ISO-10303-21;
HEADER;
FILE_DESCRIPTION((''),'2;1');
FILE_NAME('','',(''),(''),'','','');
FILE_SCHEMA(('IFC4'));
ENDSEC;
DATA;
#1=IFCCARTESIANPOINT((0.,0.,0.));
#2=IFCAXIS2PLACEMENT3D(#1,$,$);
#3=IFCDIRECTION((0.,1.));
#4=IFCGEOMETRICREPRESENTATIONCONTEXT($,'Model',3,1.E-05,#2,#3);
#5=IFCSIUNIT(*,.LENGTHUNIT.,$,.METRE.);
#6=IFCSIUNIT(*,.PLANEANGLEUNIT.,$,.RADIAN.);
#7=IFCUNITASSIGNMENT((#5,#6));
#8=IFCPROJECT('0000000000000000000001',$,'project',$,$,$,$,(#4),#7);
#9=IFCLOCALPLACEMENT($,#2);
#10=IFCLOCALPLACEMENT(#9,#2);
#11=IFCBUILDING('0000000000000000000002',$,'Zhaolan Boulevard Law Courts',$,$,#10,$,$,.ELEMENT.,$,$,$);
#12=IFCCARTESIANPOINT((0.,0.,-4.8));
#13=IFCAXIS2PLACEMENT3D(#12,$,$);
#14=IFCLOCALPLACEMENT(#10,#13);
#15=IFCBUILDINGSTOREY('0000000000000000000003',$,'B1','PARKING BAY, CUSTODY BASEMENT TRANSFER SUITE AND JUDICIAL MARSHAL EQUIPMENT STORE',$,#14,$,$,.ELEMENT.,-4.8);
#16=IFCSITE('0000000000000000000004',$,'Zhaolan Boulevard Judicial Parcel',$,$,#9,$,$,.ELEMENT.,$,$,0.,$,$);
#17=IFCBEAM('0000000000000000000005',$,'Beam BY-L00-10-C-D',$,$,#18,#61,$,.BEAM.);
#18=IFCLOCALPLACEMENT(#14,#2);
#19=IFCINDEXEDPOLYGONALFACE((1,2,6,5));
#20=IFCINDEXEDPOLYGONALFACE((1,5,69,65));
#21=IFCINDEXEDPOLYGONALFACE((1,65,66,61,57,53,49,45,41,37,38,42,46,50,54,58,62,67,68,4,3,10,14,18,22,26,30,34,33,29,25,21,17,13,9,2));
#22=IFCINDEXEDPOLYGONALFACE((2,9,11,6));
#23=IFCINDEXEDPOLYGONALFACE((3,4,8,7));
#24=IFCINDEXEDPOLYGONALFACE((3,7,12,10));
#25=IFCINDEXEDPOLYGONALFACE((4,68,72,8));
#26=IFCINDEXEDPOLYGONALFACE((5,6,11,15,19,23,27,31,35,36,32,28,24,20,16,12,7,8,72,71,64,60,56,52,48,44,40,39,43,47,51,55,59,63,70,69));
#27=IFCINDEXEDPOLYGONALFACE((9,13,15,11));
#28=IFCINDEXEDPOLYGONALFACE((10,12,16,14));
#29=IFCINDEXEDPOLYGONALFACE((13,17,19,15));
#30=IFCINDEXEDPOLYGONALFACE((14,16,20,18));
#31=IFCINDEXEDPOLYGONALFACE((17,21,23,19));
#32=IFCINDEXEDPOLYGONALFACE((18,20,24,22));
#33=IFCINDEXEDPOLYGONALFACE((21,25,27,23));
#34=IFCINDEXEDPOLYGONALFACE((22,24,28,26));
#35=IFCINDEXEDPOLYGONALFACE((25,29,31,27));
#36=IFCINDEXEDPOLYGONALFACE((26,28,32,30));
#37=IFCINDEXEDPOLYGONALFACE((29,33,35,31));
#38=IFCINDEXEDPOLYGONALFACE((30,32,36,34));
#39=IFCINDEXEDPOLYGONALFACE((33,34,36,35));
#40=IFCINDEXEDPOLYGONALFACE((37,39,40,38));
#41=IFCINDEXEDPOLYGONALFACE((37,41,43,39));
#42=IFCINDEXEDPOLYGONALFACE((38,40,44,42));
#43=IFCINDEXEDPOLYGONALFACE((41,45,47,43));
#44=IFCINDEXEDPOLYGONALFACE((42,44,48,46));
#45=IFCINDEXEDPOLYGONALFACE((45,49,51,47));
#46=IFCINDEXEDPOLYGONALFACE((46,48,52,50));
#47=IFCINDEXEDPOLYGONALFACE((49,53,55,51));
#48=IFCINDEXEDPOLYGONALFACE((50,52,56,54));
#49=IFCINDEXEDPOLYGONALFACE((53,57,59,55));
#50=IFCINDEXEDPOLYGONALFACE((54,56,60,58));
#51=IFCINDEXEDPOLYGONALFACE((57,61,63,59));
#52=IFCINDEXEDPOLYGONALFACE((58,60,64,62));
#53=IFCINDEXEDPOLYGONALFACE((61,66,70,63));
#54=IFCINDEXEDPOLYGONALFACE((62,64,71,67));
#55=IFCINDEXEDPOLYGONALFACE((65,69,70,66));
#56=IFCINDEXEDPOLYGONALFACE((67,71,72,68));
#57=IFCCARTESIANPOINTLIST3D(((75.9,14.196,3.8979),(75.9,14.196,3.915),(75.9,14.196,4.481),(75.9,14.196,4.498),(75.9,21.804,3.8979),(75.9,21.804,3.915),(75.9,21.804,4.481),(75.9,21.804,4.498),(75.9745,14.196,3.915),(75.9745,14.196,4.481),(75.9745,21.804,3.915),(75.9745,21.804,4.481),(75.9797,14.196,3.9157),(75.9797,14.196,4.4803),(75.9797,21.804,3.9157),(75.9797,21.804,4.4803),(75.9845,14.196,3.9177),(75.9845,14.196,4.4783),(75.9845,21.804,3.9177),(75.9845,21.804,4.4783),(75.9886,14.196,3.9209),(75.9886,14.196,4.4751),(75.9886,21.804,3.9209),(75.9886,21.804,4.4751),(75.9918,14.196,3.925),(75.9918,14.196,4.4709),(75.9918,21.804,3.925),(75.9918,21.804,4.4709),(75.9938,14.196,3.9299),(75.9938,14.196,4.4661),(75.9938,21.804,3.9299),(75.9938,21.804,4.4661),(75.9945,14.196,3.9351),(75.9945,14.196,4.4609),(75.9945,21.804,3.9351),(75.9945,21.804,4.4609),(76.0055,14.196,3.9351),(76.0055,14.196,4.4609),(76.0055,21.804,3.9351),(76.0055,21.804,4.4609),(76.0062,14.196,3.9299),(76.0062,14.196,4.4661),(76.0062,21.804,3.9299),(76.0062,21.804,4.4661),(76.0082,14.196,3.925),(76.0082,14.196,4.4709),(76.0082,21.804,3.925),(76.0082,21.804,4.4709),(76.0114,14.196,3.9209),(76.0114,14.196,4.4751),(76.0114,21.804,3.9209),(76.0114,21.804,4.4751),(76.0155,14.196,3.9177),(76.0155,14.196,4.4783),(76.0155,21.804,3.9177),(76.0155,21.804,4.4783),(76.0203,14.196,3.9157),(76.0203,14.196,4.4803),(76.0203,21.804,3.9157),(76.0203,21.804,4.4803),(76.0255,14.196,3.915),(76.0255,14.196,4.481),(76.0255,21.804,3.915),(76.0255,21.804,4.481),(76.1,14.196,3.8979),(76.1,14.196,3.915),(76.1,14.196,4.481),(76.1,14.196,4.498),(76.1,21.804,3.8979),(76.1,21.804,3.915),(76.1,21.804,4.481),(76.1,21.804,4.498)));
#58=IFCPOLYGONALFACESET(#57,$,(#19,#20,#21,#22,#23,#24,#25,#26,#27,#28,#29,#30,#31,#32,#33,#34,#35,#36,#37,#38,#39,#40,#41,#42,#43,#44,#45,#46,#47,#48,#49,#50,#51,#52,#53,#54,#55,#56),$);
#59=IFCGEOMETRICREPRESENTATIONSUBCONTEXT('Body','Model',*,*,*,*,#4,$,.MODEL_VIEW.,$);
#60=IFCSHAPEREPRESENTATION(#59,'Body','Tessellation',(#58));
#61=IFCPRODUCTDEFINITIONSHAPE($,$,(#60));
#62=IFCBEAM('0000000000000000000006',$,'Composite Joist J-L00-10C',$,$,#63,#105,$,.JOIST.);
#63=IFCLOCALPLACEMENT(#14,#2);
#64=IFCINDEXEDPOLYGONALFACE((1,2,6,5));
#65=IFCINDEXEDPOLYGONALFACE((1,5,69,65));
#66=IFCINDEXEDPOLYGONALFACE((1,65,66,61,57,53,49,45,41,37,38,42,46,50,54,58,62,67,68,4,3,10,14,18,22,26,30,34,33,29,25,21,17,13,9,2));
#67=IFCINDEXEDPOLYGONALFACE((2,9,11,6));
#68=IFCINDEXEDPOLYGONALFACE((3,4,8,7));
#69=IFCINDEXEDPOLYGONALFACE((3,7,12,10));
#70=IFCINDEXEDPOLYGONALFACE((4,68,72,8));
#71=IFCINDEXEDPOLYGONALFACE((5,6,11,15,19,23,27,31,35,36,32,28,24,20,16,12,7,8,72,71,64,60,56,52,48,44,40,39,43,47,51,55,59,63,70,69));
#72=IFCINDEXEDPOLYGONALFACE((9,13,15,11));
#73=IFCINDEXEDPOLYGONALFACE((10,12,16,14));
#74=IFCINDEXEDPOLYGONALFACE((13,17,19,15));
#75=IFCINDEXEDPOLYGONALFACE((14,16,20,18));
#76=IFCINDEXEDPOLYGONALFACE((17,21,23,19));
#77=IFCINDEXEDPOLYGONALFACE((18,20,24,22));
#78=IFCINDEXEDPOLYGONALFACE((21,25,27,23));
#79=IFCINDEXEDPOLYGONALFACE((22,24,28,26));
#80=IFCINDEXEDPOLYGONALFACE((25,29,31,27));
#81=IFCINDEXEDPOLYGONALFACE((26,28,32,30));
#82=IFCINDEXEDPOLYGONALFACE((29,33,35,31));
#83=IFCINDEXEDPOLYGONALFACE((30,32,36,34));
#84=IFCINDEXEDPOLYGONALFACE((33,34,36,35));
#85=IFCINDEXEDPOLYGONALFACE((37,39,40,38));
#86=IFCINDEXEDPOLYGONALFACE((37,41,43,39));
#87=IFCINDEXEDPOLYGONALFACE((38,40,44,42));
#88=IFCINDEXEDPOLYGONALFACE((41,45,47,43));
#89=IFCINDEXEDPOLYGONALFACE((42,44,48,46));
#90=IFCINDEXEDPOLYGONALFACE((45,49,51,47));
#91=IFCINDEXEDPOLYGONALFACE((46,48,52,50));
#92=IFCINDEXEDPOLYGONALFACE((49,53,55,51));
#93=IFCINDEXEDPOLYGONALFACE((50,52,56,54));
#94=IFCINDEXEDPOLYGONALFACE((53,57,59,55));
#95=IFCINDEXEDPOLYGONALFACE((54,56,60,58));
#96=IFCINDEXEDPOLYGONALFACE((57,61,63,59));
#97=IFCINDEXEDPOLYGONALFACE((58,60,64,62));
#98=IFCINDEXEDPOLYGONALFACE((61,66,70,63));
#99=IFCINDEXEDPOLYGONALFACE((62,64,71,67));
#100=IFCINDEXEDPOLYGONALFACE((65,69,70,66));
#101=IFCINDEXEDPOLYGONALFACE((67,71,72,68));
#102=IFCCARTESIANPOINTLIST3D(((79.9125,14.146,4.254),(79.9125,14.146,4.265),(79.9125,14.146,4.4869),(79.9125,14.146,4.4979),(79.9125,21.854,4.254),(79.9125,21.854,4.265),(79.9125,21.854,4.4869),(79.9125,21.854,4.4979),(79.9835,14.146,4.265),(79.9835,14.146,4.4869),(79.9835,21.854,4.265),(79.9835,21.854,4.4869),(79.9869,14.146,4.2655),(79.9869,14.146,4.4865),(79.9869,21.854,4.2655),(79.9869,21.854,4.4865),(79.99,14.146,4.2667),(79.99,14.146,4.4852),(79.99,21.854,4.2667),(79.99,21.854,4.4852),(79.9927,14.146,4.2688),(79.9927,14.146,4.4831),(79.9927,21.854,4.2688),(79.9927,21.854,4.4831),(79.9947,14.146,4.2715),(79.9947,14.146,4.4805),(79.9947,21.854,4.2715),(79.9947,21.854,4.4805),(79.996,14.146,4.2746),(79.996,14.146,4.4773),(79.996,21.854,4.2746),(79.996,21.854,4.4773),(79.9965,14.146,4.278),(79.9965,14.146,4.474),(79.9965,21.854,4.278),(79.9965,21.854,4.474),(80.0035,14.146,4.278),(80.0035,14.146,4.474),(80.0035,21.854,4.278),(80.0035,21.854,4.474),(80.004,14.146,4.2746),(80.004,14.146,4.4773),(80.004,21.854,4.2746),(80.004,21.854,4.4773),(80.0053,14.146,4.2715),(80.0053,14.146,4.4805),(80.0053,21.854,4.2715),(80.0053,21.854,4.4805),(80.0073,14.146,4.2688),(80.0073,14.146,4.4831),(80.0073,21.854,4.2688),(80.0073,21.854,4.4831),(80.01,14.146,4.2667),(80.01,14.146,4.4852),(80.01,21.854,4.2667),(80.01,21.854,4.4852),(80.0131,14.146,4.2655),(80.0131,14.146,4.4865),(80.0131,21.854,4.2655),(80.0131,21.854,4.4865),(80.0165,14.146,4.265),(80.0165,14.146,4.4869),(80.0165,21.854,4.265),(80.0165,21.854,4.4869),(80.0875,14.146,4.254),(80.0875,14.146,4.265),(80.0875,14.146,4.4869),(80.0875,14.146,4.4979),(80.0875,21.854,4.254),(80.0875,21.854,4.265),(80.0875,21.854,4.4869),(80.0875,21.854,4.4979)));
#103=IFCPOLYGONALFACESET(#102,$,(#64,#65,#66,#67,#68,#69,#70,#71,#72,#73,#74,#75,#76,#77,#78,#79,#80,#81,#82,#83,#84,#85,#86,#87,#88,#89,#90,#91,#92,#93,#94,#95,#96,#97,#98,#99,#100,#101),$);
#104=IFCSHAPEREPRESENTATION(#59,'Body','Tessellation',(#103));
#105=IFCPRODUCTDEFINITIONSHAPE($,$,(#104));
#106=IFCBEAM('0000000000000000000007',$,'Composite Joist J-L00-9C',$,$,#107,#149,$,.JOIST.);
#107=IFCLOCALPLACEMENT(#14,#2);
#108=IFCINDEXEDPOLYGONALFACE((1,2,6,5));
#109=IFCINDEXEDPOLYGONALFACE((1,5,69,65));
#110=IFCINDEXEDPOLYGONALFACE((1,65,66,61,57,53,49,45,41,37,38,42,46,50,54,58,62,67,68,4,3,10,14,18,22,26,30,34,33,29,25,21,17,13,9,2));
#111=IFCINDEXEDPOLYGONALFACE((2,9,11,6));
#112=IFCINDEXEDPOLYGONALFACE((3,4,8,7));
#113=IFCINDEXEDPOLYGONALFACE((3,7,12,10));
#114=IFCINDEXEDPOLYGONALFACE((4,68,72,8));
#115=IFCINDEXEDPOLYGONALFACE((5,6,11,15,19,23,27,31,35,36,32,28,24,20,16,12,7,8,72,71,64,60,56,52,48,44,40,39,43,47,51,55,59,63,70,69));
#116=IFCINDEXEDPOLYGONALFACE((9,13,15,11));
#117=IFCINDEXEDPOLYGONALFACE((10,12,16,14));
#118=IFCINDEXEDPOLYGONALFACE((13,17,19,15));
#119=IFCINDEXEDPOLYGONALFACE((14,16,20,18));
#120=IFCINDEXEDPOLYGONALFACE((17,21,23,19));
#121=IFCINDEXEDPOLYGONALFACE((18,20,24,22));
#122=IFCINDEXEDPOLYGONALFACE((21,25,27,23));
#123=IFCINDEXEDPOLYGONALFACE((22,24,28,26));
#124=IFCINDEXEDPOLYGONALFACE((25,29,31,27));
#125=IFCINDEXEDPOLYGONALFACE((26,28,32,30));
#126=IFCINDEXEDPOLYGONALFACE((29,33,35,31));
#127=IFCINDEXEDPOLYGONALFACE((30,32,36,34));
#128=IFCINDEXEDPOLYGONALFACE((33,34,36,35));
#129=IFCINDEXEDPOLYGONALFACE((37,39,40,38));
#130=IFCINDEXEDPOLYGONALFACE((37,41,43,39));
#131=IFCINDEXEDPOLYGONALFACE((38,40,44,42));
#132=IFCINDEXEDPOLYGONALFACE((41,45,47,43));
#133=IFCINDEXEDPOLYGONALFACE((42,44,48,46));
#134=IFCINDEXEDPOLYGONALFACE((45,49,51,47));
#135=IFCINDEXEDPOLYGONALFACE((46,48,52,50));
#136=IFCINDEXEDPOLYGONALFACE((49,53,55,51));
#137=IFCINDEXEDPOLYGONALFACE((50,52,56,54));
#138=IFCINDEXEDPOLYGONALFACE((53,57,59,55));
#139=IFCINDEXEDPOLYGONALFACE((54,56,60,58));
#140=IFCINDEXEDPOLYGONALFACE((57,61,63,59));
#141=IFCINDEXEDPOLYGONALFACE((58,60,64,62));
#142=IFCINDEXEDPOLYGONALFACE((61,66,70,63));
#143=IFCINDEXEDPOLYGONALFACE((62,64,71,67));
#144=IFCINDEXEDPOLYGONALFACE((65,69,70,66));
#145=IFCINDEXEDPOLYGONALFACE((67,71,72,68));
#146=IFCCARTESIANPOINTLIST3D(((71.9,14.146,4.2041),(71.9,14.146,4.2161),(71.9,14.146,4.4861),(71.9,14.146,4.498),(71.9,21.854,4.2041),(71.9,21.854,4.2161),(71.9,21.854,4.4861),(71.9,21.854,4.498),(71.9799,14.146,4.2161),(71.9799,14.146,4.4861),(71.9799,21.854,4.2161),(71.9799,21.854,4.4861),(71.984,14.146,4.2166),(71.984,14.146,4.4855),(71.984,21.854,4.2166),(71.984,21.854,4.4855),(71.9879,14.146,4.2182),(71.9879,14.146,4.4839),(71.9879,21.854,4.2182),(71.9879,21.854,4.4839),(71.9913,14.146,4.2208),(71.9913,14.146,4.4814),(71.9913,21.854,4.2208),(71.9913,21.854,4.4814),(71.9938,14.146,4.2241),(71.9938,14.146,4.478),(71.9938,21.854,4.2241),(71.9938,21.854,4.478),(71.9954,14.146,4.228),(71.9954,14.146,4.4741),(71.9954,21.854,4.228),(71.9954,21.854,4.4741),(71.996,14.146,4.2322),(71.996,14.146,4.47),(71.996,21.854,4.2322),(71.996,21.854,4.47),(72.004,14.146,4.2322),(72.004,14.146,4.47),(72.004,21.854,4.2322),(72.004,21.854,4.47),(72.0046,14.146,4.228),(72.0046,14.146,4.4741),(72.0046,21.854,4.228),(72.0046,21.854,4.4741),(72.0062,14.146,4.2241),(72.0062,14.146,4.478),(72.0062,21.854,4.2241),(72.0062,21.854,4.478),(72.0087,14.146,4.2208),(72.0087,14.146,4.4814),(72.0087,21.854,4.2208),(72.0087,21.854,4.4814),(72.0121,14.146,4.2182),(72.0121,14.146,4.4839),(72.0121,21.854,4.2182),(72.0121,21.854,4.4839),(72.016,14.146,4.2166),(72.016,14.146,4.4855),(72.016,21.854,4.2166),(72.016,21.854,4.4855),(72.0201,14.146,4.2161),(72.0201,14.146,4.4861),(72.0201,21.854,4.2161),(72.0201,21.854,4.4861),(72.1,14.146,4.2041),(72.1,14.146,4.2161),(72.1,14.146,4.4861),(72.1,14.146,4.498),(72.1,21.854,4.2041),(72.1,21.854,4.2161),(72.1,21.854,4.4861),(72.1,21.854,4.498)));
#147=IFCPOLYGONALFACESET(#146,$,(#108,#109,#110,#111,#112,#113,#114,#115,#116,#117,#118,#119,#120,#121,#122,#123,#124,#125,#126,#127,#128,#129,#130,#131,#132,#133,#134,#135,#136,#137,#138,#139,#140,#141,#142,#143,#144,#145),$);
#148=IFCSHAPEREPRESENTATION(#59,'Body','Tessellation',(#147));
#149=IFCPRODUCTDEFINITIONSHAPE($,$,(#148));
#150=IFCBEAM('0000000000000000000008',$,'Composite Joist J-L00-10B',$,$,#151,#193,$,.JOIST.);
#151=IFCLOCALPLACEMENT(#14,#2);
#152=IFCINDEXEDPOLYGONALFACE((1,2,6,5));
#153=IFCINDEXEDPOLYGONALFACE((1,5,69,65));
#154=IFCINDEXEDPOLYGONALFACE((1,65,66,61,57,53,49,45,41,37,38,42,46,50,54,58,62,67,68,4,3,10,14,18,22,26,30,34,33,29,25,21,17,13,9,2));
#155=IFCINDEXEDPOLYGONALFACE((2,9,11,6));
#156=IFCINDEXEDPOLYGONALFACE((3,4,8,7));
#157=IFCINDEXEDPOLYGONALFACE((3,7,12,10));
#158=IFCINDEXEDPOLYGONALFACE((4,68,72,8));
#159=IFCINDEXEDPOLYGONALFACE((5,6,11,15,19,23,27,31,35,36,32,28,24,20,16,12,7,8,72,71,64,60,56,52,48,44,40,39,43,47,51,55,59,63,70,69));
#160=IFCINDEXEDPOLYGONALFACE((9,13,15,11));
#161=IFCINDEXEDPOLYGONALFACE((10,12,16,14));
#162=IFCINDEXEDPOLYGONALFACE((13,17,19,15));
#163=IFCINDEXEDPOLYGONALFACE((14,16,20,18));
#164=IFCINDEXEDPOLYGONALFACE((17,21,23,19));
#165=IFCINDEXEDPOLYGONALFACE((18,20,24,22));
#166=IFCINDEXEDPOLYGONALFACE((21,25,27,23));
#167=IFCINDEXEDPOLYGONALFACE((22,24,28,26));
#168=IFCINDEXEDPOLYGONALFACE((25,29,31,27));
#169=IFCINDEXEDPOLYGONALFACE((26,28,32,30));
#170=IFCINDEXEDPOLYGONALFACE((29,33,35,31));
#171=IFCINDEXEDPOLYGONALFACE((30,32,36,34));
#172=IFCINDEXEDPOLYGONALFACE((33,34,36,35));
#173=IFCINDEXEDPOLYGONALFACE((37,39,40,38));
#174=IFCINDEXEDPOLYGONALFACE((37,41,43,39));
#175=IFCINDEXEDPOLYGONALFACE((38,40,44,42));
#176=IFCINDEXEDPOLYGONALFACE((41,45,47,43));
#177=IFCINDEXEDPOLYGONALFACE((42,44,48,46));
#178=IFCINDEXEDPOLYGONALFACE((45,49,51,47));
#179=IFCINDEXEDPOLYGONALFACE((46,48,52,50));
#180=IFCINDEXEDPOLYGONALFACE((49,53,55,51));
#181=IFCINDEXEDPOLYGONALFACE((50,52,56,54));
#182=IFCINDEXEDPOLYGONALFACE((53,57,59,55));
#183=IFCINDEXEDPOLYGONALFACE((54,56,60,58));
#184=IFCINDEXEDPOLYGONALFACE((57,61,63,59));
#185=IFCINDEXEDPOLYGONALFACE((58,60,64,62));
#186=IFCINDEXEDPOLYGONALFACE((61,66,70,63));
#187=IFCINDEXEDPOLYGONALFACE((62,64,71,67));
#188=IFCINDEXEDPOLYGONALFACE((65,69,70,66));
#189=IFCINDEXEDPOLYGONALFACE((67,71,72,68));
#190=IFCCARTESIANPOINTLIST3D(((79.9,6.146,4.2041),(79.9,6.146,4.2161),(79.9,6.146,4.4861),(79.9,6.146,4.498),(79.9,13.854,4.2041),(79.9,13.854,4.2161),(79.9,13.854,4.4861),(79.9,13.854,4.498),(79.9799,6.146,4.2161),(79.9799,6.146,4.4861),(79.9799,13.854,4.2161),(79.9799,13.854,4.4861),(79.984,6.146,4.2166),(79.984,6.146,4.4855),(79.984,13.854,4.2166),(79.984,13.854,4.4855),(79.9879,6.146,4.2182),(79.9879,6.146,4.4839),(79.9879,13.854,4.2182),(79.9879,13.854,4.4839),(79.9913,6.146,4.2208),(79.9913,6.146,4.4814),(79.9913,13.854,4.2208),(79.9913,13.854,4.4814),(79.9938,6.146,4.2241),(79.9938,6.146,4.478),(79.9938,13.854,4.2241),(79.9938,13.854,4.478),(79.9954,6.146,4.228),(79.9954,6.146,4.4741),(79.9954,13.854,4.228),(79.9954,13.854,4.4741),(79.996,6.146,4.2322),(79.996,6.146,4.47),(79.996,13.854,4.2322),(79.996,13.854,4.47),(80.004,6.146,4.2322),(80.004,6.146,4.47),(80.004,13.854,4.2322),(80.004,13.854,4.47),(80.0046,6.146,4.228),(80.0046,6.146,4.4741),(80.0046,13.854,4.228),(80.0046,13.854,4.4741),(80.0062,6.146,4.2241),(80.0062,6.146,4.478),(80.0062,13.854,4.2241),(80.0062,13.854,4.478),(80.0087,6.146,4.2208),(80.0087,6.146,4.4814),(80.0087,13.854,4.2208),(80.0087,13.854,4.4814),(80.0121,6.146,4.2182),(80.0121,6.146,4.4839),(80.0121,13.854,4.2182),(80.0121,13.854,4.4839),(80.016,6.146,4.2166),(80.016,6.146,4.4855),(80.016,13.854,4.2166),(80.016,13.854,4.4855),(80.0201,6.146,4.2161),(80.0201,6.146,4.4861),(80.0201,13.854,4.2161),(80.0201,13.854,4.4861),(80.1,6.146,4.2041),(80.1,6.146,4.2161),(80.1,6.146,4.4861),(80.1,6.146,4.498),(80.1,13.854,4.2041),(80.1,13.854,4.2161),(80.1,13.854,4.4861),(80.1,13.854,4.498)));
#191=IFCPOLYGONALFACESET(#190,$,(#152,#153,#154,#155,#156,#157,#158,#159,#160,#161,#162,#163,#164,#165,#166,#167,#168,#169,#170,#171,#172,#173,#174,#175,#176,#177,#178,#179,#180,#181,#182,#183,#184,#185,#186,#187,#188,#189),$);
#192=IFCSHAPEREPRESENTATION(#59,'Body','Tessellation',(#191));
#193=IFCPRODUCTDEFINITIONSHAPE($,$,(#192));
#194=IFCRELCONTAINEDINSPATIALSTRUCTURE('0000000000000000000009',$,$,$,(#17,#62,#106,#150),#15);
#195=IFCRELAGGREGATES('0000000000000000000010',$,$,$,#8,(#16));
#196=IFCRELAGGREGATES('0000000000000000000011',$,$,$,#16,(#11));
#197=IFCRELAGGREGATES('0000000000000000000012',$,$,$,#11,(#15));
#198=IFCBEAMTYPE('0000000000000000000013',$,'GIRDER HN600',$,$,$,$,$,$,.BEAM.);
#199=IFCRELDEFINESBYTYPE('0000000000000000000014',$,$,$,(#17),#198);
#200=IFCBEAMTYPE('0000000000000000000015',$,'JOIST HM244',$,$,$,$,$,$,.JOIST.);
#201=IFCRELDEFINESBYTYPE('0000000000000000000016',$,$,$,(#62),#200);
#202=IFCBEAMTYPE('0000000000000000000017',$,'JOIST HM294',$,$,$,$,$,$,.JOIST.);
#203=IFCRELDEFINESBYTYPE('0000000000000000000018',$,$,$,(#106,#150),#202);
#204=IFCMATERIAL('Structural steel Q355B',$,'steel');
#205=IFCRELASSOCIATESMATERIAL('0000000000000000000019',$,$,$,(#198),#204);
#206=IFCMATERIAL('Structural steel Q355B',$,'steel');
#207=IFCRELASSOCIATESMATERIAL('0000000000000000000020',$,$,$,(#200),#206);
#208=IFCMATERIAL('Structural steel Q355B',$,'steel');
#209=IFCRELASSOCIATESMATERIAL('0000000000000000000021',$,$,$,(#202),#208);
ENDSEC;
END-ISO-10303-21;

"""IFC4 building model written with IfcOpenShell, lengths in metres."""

from ifc_helpers import new_model, si_unit, direction, frame, origin, origin_2d, place, context, subcontext, project, spatial, i_section, extrude, material, material_profile, profile_set, type_object, element, save


model = new_model("IFC4")

# Units and contexts
model_context = context("Model", 3, precision=1e-05, world=origin(), true_north=direction((0.0, 1.0)))
body_context = subcontext(model_context, "Body", "Model", "MODEL_VIEW")
ifc_project = project(units=[si_unit("LENGTHUNIT", "METRE"), si_unit("PLANEANGLEUNIT", "RADIAN")], contexts=[model_context])

# Site, building, storey
site_placement = place(None, origin())
site = spatial("IfcSite", under=ifc_project, at=site_placement, Name="Zhaolan Boulevard Judicial Parcel", CompositionType="ELEMENT", RefElevation=0.0)
building_placement = place(site_placement, origin())
building = spatial("IfcBuilding", under=site, at=building_placement, Name="Zhaolan Boulevard Law Courts", CompositionType="ELEMENT")
storey_placement = place(building_placement, frame((0.0, 0.0, -4.8)))
storey = spatial("IfcBuildingStorey", under=building, at=storey_placement, Name="B1", Description="PARKING BAY, CUSTODY BASEMENT TRANSFER SUITE AND JUDICIAL MARSHAL EQUIPMENT STORE", CompositionType="ELEMENT", Elevation=-4.8)

# Beams
ifc_material_1 = material(Name="Structural steel Q355B", Category="steel")
ifc_material_profile_1 = material_profile(ifc_material_1, i_section(OverallWidth=0.2, OverallDepth=0.6001, WebThickness=0.011, FlangeThickness=0.0171, FilletRadius=0.02, at=origin_2d()), Name="HN600x200")
ifc_profile_set_1 = profile_set([ifc_material_profile_1], Name="Structural steel Q355B")
beam_type_1 = type_object("IfcBeamType", Name="GIRDER HN600", PredefinedType="BEAM", material=ifc_profile_set_1)
beam_1_placement = place(storey_placement, frame((76.0, 14.196, 4.198), z_axis=(0.0, 1.0, 0.0), x_axis=(-1.0, 0.0, 0.0)))
element("IfcBeam", 1, at=beam_1_placement, inside=storey, type_object=beam_type_1, Name="Beam BY-L00-10-C-D", PredefinedType="BEAM", context=body_context, shape_type="SweptSolid", body=[
    extrude(i_section(OverallWidth=0.2, OverallDepth=0.6001, WebThickness=0.011, FlangeThickness=0.0171, FilletRadius=0.02, at=origin_2d()), origin(), (0.0, 0.0, 1.0), 7.6079),
])
ifc_material_2 = material(Name="Structural steel Q355B", Category="steel")
ifc_material_profile_2 = material_profile(ifc_material_2, i_section(OverallWidth=0.175, OverallDepth=0.2439, WebThickness=0.0071, FlangeThickness=0.011, FilletRadius=0.0129, at=origin_2d()), Name="HM244x175")
ifc_profile_set_2 = profile_set([ifc_material_profile_2], Name="Structural steel Q355B")
beam_type_2 = type_object("IfcBeamType", Name="JOIST HM244", PredefinedType="JOIST", material=ifc_profile_set_2)
beam_2_placement = place(storey_placement, frame((80.0, 14.146, 4.376), z_axis=(0.0, 1.0, 0.0), x_axis=(-1.0, 0.0, 0.0)))
element("IfcBeam", 2, at=beam_2_placement, inside=storey, type_object=beam_type_2, Name="Composite Joist J-L00-10C", PredefinedType="JOIST", context=body_context, shape_type="SweptSolid", body=[
    extrude(i_section(OverallWidth=0.175, OverallDepth=0.2439, WebThickness=0.0071, FlangeThickness=0.011, FilletRadius=0.0129, at=origin_2d()), origin(), (0.0, 0.0, 1.0), 7.708),
])
ifc_material_3 = material(Name="Structural steel Q355B", Category="steel")
ifc_material_profile_3 = material_profile(ifc_material_3, i_section(OverallWidth=0.2, OverallDepth=0.2939, WebThickness=0.0081, FlangeThickness=0.012, FilletRadius=0.0161, at=origin_2d()), Name="HM294x200")
ifc_profile_set_3 = profile_set([ifc_material_profile_3], Name="Structural steel Q355B")
beam_type_3 = type_object("IfcBeamType", Name="JOIST HM294", PredefinedType="JOIST", material=ifc_profile_set_3)
for number, where, z_axis, x_axis, name in (
    (3, (72.0, 14.146, 4.3511), (0.0, 1.0, 0.0), (-1.0, 0.0, 0.0), "Composite Joist J-L00-9C"),
    (4, (80.0, 6.146, 4.3511), (0.0, 1.0, 0.0), (-1.0, 0.0, 0.0), "Composite Joist J-L00-10B"),
):
    element("IfcBeam", number, at=place(storey_placement, frame(where, z_axis=z_axis, x_axis=x_axis)), inside=storey, type_object=beam_type_3, Name=name, PredefinedType="JOIST", context=body_context, shape_type="SweptSolid", body=[
        extrude(i_section(OverallWidth=0.2, OverallDepth=0.2939, WebThickness=0.0081, FlangeThickness=0.012, FilletRadius=0.0161, at=origin_2d()), origin(), (0.0, 0.0, 1.0), 7.708),
    ])

save(model, "model.ifc")
